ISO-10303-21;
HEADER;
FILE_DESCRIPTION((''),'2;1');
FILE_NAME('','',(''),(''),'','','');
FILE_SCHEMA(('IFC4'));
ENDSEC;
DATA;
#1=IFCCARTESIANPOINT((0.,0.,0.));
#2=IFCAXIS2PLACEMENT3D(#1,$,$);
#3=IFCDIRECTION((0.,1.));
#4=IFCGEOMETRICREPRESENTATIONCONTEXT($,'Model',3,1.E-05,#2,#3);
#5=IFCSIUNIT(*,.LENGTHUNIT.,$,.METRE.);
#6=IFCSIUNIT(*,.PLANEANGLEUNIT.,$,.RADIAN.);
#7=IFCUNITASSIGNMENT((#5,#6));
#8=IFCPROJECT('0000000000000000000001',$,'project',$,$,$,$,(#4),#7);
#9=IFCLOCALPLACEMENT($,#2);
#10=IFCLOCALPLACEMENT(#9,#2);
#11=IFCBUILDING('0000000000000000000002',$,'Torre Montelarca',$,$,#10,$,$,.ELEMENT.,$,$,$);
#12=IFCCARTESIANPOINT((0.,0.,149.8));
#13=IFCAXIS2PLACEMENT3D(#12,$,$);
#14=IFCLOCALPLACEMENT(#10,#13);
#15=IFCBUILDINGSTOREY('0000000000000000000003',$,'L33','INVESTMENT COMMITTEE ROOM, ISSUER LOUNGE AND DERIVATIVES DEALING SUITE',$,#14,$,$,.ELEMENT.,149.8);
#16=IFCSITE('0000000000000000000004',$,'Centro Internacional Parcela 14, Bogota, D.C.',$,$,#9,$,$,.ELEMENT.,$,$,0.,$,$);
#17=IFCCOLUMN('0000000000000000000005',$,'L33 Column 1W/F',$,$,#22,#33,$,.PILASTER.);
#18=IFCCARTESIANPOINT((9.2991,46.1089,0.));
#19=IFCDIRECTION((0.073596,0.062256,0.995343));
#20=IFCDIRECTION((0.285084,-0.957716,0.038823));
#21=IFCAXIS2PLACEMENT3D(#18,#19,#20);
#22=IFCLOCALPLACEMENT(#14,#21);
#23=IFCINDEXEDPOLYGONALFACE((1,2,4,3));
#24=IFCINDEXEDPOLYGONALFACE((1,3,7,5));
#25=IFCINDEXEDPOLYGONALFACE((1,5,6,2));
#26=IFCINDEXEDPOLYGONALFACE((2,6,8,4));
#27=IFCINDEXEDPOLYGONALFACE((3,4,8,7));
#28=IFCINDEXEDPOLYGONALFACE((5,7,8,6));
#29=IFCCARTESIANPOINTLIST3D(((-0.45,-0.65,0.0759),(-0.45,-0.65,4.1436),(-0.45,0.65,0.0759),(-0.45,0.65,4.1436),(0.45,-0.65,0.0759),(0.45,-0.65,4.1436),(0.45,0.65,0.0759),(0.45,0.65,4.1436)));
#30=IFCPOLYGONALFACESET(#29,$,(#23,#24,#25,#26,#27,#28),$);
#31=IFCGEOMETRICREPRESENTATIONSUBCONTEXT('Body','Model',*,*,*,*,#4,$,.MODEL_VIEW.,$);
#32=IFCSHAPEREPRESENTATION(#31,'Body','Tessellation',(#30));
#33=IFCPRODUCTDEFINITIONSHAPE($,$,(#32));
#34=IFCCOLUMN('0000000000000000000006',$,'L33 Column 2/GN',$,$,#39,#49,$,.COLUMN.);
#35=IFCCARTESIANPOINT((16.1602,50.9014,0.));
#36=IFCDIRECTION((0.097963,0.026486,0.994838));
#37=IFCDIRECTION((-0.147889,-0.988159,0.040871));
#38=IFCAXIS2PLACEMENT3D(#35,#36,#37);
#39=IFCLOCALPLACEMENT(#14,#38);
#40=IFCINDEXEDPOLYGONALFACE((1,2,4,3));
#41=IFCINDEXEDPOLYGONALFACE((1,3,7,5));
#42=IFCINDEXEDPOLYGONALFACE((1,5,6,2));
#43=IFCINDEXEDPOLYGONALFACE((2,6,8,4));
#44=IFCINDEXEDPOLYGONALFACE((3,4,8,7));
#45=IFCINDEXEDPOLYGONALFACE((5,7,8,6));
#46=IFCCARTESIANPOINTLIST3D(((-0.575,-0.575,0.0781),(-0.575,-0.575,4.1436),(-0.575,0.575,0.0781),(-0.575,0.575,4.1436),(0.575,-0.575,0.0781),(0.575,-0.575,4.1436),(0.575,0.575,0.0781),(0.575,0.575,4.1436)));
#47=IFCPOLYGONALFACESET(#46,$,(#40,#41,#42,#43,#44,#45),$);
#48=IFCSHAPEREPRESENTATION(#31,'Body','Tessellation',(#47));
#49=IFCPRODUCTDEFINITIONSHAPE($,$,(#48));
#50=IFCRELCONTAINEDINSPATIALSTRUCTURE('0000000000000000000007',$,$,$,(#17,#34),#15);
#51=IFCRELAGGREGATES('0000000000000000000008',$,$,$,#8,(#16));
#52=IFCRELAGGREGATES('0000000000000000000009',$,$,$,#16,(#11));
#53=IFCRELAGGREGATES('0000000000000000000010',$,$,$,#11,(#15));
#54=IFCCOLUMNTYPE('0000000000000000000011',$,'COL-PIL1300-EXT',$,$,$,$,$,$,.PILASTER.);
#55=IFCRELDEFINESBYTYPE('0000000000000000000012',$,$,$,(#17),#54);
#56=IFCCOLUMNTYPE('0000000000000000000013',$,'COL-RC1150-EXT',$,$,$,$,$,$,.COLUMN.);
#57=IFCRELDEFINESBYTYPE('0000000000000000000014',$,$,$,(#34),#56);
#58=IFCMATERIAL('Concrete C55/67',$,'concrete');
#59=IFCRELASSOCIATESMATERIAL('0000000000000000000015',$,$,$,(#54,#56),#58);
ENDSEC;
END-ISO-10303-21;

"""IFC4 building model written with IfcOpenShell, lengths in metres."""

from ifc_helpers import new_model, si_unit, direction, frame, origin, origin_2d, place, context, subcontext, project, spatial, rectangle, extrude, clip, halfspace, material, material_profile, profile_set, type_object, element, save


model = new_model("IFC4")

# Units and contexts
model_context = context("Model", 3, precision=1e-05, world=origin(), true_north=direction((0.0, 1.0)))
body_context = subcontext(model_context, "Body", "Model", "MODEL_VIEW")
ifc_project = project(units=[si_unit("LENGTHUNIT", "METRE"), si_unit("PLANEANGLEUNIT", "RADIAN")], contexts=[model_context])

# Site, building, storey
site_placement = place(None, origin())
site = spatial("IfcSite", under=ifc_project, at=site_placement, Name="Centro Internacional Parcela 14, Bogota, D.C.", CompositionType="ELEMENT", RefElevation=0.0)
building_placement = place(site_placement, origin())
building = spatial("IfcBuilding", under=site, at=building_placement, Name="Torre Montelarca", CompositionType="ELEMENT")
storey_placement = place(building_placement, frame((0.0, 0.0, 149.8)))
storey = spatial("IfcBuildingStorey", under=building, at=storey_placement, Name="L33", Description="INVESTMENT COMMITTEE ROOM, ISSUER LOUNGE AND DERIVATIVES DEALING SUITE", CompositionType="ELEMENT", Elevation=149.8)

# Columns
ifc_material_1 = material(Name="Concrete C55/67", Category="concrete")
ifc_material_profile_1 = material_profile(ifc_material_1, rectangle(XDim=0.8999, YDim=1.3, at=origin_2d()), Name="RC1300X900", Category="concrete")
ifc_profile_set_1 = profile_set([ifc_material_profile_1], Name="Concrete C55/67")
column_type_1 = type_object("IfcColumnType", Name="COL-PIL1300-EXT", PredefinedType="PILASTER", material=ifc_profile_set_1)
column_1_placement = place(storey_placement, frame((9.2991, 46.1089, 0.0), z_axis=(0.073596, 0.062256, 0.995343), x_axis=(0.285084, -0.957716, 0.038823)))
element("IfcColumn", 1, at=column_1_placement, inside=storey, type_object=column_type_1, Name="L33 Column 1W/F", PredefinedType="PILASTER", context=body_context, shape_type="Clipping", body=[
    clip(clip(extrude(rectangle(XDim=0.8999, YDim=1.3, at=origin_2d()), origin(), (0.0, 0.0, 1.0), 4.2195), halfspace(frame((0.0, 0.0, 0.0759), z_axis=(0.0, 0.0, -1.0), x_axis=(1.0, 0.0, 0.0)), False)), halfspace(frame((0.0, 0.0, 4.1436), z_axis=(0.0, 0.0, 1.0), x_axis=(1.0, 0.0, 0.0)), False)),
])
ifc_material_profile_2 = material_profile(ifc_material_1, rectangle(XDim=1.1499, YDim=1.1499, at=origin_2d()), Name="RC1150X1150", Category="concrete")
ifc_profile_set_2 = profile_set([ifc_material_profile_2], Name="Concrete C55/67")
column_type_2 = type_object("IfcColumnType", Name="COL-RC1150-EXT", PredefinedType="COLUMN", material=ifc_profile_set_2)
column_2_placement = place(storey_placement, frame((16.1602, 50.9014, 0.0), z_axis=(0.097963, 0.026486, 0.994838), x_axis=(-0.147889, -0.988159, 0.040871)))
element("IfcColumn", 2, at=column_2_placement, inside=storey, type_object=column_type_2, Name="L33 Column 2/GN", PredefinedType="COLUMN", context=body_context, shape_type="Clipping", body=[
    clip(clip(extrude(rectangle(XDim=1.1499, YDim=1.1499, at=origin_2d()), origin(), (0.0, 0.0, 1.0), 4.2217), halfspace(frame((0.0, 0.0, 0.0781), z_axis=(0.0, 0.0, -1.0), x_axis=(1.0, 0.0, 0.0)), False)), halfspace(frame((0.0, 0.0, 4.1436), z_axis=(0.0, 0.0, 1.0), x_axis=(1.0, 0.0, 0.0)), False)),
])

save(model, "model.ifc")
